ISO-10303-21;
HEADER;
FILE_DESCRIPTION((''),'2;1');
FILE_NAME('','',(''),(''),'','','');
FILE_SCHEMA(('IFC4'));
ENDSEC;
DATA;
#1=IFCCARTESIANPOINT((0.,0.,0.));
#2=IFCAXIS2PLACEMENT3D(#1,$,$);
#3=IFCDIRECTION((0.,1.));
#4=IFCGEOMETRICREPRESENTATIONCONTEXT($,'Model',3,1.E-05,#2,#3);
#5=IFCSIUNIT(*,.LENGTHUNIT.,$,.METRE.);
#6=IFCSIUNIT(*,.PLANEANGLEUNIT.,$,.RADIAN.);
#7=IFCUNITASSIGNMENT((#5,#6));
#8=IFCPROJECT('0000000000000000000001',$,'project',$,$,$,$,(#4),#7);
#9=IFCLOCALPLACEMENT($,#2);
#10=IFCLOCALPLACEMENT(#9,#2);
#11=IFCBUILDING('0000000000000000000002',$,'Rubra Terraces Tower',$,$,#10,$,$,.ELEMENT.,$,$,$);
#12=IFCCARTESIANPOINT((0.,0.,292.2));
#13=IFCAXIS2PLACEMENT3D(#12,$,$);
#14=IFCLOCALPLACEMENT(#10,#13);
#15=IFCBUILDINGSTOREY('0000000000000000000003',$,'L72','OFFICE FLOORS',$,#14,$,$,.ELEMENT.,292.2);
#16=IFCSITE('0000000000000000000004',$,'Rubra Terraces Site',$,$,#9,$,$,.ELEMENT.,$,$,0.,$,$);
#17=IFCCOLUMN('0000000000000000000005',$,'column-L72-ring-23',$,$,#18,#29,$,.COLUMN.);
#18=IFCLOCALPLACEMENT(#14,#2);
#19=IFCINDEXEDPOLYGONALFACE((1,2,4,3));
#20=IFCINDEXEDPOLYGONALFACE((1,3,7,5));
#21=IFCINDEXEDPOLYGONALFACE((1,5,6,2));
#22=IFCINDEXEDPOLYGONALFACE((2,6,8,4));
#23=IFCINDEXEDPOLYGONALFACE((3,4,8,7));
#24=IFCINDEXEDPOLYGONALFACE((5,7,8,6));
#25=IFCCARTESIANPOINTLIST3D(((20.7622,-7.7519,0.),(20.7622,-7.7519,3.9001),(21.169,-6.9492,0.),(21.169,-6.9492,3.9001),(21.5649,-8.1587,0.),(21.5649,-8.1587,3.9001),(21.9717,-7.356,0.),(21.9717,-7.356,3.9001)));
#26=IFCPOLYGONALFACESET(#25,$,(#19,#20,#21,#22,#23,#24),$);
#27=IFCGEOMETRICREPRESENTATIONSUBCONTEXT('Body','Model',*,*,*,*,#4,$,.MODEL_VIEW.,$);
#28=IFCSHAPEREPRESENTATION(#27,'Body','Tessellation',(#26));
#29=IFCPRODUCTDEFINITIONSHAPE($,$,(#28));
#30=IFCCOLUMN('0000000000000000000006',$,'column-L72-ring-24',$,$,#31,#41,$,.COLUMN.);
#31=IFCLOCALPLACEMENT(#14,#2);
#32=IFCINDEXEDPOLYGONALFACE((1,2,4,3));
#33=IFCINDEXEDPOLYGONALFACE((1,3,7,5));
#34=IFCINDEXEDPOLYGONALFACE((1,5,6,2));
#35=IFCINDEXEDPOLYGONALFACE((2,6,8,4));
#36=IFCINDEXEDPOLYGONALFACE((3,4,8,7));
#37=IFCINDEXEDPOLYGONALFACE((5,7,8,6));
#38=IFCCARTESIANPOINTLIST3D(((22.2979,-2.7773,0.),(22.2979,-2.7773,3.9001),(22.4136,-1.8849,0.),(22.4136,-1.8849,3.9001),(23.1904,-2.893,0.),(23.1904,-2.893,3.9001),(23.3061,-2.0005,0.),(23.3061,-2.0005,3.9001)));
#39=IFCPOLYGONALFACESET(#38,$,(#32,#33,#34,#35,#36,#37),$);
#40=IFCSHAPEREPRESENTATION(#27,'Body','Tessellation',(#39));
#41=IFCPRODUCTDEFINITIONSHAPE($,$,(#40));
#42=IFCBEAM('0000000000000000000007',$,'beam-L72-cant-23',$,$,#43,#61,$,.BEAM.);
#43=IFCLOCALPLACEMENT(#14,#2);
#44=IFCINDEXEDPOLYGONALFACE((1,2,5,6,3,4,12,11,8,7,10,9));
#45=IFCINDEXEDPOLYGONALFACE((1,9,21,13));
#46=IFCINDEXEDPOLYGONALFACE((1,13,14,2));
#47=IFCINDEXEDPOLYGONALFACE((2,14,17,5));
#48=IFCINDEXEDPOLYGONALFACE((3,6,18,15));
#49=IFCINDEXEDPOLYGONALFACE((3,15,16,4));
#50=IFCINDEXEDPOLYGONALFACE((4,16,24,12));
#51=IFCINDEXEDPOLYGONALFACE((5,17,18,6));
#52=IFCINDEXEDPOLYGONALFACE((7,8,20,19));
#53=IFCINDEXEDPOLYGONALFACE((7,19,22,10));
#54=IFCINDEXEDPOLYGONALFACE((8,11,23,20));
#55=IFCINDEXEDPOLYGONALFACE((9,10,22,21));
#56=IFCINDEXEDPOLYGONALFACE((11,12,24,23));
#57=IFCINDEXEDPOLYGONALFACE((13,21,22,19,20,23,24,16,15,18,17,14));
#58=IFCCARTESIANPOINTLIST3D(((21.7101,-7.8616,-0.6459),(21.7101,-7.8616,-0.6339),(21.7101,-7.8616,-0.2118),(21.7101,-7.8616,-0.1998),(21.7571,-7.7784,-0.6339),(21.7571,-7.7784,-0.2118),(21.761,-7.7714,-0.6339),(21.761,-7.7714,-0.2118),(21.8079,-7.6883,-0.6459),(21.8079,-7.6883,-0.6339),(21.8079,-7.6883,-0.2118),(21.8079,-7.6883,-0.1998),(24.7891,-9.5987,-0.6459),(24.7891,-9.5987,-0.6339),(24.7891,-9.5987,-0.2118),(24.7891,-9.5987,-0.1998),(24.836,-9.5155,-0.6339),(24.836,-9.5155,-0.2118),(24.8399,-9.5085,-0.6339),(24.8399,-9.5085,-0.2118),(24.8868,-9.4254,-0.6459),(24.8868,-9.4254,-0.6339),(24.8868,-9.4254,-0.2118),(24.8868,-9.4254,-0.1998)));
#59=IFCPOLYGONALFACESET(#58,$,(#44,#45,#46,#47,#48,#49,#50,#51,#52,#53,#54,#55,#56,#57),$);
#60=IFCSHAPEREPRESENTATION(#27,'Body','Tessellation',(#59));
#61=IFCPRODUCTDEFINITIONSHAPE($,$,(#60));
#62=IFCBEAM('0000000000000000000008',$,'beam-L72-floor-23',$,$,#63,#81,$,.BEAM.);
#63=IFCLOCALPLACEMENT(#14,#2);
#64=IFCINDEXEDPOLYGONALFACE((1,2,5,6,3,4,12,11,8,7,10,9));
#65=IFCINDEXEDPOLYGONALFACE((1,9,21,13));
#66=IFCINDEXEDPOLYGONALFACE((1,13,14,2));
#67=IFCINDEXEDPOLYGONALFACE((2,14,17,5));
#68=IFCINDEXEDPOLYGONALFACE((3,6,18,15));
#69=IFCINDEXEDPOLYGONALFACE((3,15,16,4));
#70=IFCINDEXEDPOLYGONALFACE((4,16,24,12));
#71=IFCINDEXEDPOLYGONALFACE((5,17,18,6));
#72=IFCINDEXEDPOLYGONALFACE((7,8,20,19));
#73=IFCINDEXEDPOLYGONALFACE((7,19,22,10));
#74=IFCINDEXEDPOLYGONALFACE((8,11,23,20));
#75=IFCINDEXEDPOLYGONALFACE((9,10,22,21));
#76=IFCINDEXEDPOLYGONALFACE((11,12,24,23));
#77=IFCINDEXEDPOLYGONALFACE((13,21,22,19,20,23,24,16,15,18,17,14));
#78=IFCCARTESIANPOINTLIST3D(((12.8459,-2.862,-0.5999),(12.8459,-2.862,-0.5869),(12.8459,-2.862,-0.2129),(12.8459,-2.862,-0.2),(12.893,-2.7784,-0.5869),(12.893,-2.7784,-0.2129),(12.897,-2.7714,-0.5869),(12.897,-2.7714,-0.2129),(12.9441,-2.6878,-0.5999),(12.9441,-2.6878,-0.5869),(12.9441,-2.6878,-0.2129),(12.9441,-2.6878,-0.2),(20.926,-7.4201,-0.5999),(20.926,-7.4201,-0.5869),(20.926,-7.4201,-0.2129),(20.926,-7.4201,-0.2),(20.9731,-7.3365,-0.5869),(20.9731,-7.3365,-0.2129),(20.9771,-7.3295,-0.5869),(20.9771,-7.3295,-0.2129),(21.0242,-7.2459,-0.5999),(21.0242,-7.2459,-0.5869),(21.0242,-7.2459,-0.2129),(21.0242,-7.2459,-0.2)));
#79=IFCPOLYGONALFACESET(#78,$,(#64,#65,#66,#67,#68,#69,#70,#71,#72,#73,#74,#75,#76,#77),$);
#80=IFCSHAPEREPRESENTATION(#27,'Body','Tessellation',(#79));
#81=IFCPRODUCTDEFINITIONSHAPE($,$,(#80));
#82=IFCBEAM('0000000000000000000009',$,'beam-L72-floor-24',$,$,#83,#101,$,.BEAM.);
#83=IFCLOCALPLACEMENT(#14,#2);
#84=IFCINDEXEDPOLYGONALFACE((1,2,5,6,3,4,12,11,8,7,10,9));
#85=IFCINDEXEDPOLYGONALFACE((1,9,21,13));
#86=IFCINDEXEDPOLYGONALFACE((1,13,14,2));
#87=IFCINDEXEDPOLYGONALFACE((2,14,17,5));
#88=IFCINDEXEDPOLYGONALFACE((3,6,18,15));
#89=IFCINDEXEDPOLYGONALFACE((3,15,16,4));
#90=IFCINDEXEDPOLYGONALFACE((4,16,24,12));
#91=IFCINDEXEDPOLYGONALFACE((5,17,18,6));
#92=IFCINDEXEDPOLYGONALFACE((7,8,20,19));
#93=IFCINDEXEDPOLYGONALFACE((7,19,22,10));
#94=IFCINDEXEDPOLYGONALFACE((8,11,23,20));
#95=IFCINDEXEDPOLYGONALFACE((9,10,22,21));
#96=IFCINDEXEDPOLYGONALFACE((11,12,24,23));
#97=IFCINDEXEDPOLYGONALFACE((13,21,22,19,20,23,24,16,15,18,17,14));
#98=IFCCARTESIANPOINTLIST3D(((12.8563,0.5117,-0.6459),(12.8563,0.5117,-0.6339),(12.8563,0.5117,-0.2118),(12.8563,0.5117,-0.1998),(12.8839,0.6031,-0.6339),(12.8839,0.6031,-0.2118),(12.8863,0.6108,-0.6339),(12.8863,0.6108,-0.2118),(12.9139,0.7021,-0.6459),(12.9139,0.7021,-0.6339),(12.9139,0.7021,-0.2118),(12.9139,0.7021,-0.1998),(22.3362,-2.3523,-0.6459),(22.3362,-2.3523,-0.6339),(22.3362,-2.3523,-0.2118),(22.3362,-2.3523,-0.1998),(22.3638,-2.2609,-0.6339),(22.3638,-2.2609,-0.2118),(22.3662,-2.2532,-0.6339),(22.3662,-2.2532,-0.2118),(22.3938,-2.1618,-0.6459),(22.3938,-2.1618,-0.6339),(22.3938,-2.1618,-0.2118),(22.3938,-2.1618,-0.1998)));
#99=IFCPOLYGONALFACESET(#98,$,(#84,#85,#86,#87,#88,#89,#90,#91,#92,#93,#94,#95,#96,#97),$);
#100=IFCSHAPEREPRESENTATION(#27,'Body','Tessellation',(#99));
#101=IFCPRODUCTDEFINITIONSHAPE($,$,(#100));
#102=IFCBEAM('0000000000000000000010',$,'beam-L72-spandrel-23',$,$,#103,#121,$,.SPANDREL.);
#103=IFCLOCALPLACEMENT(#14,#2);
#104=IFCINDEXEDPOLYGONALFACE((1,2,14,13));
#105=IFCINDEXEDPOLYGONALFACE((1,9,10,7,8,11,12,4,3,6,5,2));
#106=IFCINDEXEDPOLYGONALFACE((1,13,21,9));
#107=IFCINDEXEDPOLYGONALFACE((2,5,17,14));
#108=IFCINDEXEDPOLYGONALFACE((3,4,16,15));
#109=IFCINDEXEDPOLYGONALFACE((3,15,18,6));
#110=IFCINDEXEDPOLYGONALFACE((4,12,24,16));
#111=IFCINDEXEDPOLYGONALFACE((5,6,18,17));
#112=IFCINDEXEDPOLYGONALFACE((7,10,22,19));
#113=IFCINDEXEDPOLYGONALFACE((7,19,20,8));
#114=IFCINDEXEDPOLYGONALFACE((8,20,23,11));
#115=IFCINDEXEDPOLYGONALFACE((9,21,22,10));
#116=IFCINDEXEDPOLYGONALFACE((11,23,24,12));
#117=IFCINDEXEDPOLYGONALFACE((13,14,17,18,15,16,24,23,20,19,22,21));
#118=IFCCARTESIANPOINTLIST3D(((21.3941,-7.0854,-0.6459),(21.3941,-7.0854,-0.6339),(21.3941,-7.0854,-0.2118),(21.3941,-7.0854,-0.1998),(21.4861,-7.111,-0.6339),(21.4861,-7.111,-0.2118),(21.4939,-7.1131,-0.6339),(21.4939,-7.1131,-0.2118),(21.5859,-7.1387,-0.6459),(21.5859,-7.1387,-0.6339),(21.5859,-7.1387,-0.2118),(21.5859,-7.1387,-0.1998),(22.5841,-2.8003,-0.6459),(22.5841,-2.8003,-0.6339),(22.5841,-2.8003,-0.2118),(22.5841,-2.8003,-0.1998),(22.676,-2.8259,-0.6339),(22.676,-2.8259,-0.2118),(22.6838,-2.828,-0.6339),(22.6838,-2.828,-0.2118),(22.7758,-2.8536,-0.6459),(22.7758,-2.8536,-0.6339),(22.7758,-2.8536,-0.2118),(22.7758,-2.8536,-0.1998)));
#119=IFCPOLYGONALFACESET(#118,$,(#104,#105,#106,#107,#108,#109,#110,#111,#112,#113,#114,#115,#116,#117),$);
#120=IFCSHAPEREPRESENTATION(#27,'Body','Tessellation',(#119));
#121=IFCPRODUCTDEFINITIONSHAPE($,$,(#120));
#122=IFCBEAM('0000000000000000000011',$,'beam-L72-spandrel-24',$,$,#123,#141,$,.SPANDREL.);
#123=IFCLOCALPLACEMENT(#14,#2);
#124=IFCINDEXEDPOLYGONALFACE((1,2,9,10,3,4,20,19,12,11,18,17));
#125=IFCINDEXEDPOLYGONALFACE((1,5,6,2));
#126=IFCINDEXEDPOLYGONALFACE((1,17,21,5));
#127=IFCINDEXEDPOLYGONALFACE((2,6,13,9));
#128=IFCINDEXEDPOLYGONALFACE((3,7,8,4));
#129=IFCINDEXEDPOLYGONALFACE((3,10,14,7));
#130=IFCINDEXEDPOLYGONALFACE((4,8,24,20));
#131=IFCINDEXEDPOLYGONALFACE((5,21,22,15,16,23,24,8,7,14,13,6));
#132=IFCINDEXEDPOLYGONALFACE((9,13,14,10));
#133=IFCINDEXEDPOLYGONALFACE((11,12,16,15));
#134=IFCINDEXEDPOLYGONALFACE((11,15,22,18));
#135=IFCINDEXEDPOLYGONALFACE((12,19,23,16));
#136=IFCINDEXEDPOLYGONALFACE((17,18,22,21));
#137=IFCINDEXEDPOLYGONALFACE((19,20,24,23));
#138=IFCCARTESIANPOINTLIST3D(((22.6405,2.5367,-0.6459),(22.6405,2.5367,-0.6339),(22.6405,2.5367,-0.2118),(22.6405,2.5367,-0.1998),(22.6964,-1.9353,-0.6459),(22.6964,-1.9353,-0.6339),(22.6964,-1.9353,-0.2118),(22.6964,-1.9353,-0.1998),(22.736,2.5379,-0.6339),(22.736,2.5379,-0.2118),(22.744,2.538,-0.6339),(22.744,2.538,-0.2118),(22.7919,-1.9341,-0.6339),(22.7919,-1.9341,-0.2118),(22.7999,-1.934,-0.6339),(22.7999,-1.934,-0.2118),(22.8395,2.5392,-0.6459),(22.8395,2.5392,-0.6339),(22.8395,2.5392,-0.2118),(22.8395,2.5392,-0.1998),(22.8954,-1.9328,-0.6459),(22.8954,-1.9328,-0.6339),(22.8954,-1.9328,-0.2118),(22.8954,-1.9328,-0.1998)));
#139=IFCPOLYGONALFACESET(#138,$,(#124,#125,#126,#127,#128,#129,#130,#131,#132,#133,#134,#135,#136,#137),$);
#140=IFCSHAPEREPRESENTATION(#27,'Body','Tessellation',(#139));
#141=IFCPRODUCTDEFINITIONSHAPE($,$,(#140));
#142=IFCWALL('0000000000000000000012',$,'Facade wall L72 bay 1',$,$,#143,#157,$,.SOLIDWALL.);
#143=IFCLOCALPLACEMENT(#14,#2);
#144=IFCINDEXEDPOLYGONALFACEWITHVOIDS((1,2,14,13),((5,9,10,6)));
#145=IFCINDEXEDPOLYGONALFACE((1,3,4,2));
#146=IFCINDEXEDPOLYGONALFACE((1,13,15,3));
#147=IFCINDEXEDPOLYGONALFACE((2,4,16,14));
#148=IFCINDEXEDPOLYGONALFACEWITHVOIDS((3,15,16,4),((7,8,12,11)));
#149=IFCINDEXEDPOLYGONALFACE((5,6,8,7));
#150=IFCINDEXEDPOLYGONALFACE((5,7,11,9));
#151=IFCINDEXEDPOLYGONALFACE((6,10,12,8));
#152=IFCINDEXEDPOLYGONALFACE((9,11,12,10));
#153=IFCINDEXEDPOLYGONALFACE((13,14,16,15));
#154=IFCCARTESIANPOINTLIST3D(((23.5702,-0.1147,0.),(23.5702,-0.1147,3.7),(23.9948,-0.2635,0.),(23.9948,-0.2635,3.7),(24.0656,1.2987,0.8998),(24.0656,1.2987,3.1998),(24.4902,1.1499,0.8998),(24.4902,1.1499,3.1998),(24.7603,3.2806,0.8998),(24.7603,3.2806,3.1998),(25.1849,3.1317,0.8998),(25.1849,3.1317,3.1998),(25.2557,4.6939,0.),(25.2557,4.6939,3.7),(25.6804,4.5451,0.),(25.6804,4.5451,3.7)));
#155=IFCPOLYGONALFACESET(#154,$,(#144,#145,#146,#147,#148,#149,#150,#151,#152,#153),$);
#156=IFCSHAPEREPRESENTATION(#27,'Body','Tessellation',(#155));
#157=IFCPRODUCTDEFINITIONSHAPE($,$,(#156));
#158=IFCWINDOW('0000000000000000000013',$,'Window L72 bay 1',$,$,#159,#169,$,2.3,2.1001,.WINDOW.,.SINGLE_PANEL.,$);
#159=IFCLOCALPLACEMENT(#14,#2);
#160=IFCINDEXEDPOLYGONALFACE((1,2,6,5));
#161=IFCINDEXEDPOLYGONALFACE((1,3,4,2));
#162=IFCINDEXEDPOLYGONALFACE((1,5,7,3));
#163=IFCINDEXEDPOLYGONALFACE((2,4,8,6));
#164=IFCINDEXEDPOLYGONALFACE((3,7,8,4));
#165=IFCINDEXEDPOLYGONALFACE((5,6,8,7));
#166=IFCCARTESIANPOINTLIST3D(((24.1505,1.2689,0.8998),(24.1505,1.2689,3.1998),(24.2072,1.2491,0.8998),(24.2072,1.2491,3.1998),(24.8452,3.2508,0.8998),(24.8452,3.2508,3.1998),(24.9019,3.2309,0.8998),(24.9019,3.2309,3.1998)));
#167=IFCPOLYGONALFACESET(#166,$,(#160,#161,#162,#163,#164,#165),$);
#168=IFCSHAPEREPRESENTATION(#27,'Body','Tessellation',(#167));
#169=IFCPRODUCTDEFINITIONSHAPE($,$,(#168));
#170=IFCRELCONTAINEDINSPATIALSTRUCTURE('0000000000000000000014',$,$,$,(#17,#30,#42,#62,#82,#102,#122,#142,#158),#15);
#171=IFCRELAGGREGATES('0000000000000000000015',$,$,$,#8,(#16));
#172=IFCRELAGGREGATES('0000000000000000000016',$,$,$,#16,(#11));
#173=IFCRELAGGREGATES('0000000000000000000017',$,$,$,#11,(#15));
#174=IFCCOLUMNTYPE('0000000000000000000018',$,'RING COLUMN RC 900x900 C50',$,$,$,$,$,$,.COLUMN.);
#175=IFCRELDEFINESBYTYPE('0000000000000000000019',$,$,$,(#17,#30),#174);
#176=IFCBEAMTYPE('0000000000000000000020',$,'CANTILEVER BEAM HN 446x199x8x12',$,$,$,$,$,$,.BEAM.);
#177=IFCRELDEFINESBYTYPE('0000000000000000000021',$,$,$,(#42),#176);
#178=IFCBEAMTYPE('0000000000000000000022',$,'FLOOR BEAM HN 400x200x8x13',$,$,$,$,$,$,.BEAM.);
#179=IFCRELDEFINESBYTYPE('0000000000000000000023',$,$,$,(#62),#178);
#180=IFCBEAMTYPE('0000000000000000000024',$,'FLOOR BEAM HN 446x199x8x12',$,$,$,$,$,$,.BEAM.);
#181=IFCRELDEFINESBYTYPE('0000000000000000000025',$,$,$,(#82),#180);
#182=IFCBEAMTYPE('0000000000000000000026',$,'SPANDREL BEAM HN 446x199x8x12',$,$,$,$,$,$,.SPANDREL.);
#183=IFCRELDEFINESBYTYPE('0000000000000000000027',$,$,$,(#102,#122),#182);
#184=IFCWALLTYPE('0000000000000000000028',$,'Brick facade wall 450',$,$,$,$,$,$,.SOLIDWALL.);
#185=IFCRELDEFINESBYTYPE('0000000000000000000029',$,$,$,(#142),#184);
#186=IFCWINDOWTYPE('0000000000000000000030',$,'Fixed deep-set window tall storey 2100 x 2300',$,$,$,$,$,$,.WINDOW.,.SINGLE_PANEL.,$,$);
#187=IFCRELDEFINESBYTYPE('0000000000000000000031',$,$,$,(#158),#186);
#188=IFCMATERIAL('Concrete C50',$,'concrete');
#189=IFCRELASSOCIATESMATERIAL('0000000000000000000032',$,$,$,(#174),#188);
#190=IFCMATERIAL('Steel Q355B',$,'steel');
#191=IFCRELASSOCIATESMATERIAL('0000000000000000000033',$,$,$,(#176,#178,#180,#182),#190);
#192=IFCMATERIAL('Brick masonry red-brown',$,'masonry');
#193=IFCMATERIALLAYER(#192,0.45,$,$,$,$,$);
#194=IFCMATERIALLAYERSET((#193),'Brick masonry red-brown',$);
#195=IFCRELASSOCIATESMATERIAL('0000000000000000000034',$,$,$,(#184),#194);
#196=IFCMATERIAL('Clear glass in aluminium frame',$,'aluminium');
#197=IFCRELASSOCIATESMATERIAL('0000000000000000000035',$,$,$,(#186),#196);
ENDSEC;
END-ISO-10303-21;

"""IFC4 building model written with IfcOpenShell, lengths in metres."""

from ifc_helpers import new_model, si_unit, direction, frame, frame_2d, origin, origin_2d, place, context, subcontext, project, spatial, rectangle, i_section, extrude, material, layer, layer_set, material_profile, profile_set, type_object, element, fill, save


model = new_model("IFC4")

# Units and contexts
model_context = context("Model", 3, precision=1e-05, world=origin(), true_north=direction((0.0, 1.0)))
body_context = subcontext(model_context, "Body", "Model", "MODEL_VIEW")
ifc_project = project(units=[si_unit("LENGTHUNIT", "METRE"), si_unit("PLANEANGLEUNIT", "RADIAN")], contexts=[model_context])

# Site, building, storey
site_placement = place(None, origin())
site = spatial("IfcSite", under=ifc_project, at=site_placement, Name="Rubra Terraces Site", CompositionType="ELEMENT", RefElevation=0.0)
building_placement = place(site_placement, origin())
building = spatial("IfcBuilding", under=site, at=building_placement, Name="Rubra Terraces Tower", CompositionType="ELEMENT")
storey_placement = place(building_placement, frame((0.0, 0.0, 292.2)))
storey = spatial("IfcBuildingStorey", under=building, at=storey_placement, Name="L72", Description="OFFICE FLOORS", CompositionType="ELEMENT", Elevation=292.2)

# Columns
ifc_material_1 = material(Name="Concrete C50", Category="concrete")
ifc_material_profile_1 = material_profile(ifc_material_1, rectangle(XDim=0.8999, YDim=0.8999, at=origin_2d()), Name="RC 900x900")
ifc_profile_set_1 = profile_set([ifc_material_profile_1], Name="Concrete C50")
column_type = type_object("IfcColumnType", Name="RING COLUMN RC 900x900 C50", PredefinedType="COLUMN", material=ifc_profile_set_1)
for number, where, z_axis, x_axis, name in (
    (1, (21.3669, -7.554, 0.0), (0.0, 0.0, 1.0), (0.452079, 0.891978, 0.0), "column-L72-ring-23"),
    (2, (22.802, -2.3889, 0.0), (0.0, 0.0, 1.0), (0.128535, 0.991705, 0.0), "column-L72-ring-24"),
):
    element("IfcColumn", number, at=place(storey_placement, frame(where, z_axis=z_axis, x_axis=x_axis)), inside=storey, type_object=column_type, Name=name, PredefinedType="COLUMN", context=body_context, shape_type="SweptSolid", body=[
        extrude(rectangle(XDim=0.8999, YDim=0.8999, at=origin_2d()), origin(), (0.0, 0.0, 1.0), 3.9001),
    ])

# Beams
ifc_material_2 = material(Name="Steel Q355B", Category="steel")
ifc_material_profile_2 = material_profile(ifc_material_2, i_section(OverallWidth=0.199, OverallDepth=0.446, WebThickness=0.0081, FlangeThickness=0.012, at=origin_2d()), Name="HN 446x199x8x12")
ifc_profile_set_2 = profile_set([ifc_material_profile_2], Name="Steel Q355B")
beam_type_1 = type_object("IfcBeamType", Name="CANTILEVER BEAM HN 446x199x8x12", PredefinedType="BEAM", material=ifc_profile_set_2)
beam_1_placement = place(storey_placement, frame((21.759, -7.7749, -0.4229), z_axis=(0.870946, -0.491379, 0.0), x_axis=(0.491379, 0.870946, 0.0)))
element("IfcBeam", 3, at=beam_1_placement, inside=storey, type_object=beam_type_1, Name="beam-L72-cant-23", PredefinedType="BEAM", context=body_context, shape_type="SweptSolid", body=[
    extrude(i_section(OverallWidth=0.199, OverallDepth=0.446, WebThickness=0.0081, FlangeThickness=0.012, at=origin_2d()), origin(), (0.0, 0.0, 1.0), 3.5352),
])
ifc_material_profile_3 = material_profile(ifc_material_2, i_section(OverallWidth=0.2, OverallDepth=0.3999, WebThickness=0.0081, FlangeThickness=0.0129, at=origin_2d()), Name="HN 400x200x8x13")
ifc_profile_set_3 = profile_set([ifc_material_profile_3], Name="Steel Q355B")
beam_type_2 = type_object("IfcBeamType", Name="FLOOR BEAM HN 400x200x8x13", PredefinedType="BEAM", material=ifc_profile_set_3)
beam_2_placement = place(storey_placement, frame((20.9751, -7.333, -0.3999), z_axis=(-0.870973, 0.49133, 0.0), x_axis=(-0.49133, -0.870973, 0.0)))
element("IfcBeam", 4, at=beam_2_placement, inside=storey, type_object=beam_type_2, Name="beam-L72-floor-23", PredefinedType="BEAM", context=body_context, shape_type="SweptSolid", body=[
    extrude(i_section(OverallWidth=0.2, OverallDepth=0.3999, WebThickness=0.0081, FlangeThickness=0.0129, at=origin_2d()), origin(), (0.0, 0.0, 1.0), 9.2771),
])
ifc_material_profile_4 = material_profile(ifc_material_2, i_section(OverallWidth=0.199, OverallDepth=0.446, WebThickness=0.0081, FlangeThickness=0.012, at=origin_2d()), Name="HN 446x199x8x12")
ifc_profile_set_4 = profile_set([ifc_material_profile_4], Name="Steel Q355B")
beam_type_3 = type_object("IfcBeamType", Name="FLOOR BEAM HN 446x199x8x12", PredefinedType="BEAM", material=ifc_profile_set_4)
beam_3_placement = place(storey_placement, frame((22.365, -2.2571, -0.4229), z_axis=(-0.957268, 0.289202, 0.0), x_axis=(-0.289202, -0.957268, 0.0)))
element("IfcBeam", 5, at=beam_3_placement, inside=storey, type_object=beam_type_3, Name="beam-L72-floor-24", PredefinedType="BEAM", context=body_context, shape_type="SweptSolid", body=[
    extrude(i_section(OverallWidth=0.199, OverallDepth=0.446, WebThickness=0.0081, FlangeThickness=0.012, at=origin_2d()), origin(), (0.0, 0.0, 1.0), 9.9031),
])
ifc_material_profile_5 = material_profile(ifc_material_2, i_section(OverallWidth=0.199, OverallDepth=0.446, WebThickness=0.0081, FlangeThickness=0.012, at=origin_2d()), Name="HN 446x199x8x12")
ifc_profile_set_5 = profile_set([ifc_material_profile_5], Name="Steel Q355B")
beam_type_4 = type_object("IfcBeamType", Name="SPANDREL BEAM HN 446x199x8x12", PredefinedType="SPANDREL", material=ifc_profile_set_5)
beam_4_placement = place(storey_placement, frame((21.49, -7.1121, -0.4229), z_axis=(0.267565, 0.96354, 0.0), x_axis=(-0.96354, 0.267565, 0.0)))
element("IfcBeam", 6, at=beam_4_placement, inside=storey, type_object=beam_type_4, Name="beam-L72-spandrel-23", PredefinedType="SPANDREL", context=body_context, shape_type="SweptSolid", body=[
    extrude(i_section(OverallWidth=0.199, OverallDepth=0.446, WebThickness=0.0081, FlangeThickness=0.012, at=origin_2d()), origin(), (0.0, 0.0, 1.0), 4.4473),
])
beam_5_placement = place(storey_placement, frame((22.7959, -1.9341, -0.4229), z_axis=(-0.0125, 0.999922, 0.0), x_axis=(-0.999922, -0.0125, 0.0)))
element("IfcBeam", 7, at=beam_5_placement, inside=storey, type_object=beam_type_4, Name="beam-L72-spandrel-24", PredefinedType="SPANDREL", context=body_context, shape_type="SweptSolid", body=[
    extrude(i_section(OverallWidth=0.199, OverallDepth=0.446, WebThickness=0.0081, FlangeThickness=0.012, at=origin_2d()), origin(), (0.0, 0.0, 1.0), 4.4724),
])

# Wall, opening, window
ifc_material_3 = material(Name="Brick masonry red-brown", Category="masonry")
ifc_layer_1 = layer(ifc_material_3, 0.45)
ifc_layer_set_1 = layer_set([ifc_layer_1], Name="Brick masonry red-brown")
wall_type_1 = type_object("IfcWallType", Name="Brick facade wall 450", PredefinedType="SOLIDWALL", material=ifc_layer_set_1)
wall_1_placement = place(storey_placement, frame((23.7825, -0.1892, 0.0), z_axis=(0.0, 0.0, 1.0), x_axis=(0.330794, 0.943703, 0.0)))
wall_1 = element("IfcWall", 8, at=wall_1_placement, inside=storey, type_object=wall_type_1, Name="Facade wall L72 bay 1", PredefinedType="SOLIDWALL", context=body_context, shape_type="SweptSolid", body=[
    extrude(rectangle(XDim=5.0955, YDim=0.45, at=frame_2d((2.5479, 0.0))), origin(), (0.0, 0.0, 1.0), 3.7),
])
opening_1_placement = place(wall_1_placement, frame((1.4978, 0.0, 0.8999)))
opening_1 = element("IfcOpeningElement", 9, at=opening_1_placement, cuts=wall_1, PredefinedType="OPENING", context=body_context, shape_type="SweptSolid", body=[
    extrude(rectangle(XDim=2.1001, YDim=2.3, at=frame_2d((1.05, 1.1499))), frame((0.0, 0.2349, 0.0), z_axis=(0.0, -1.0, 0.0), x_axis=(1.0, 0.0, 0.0)), (0.0, 0.0, 1.0), 0.47),
])
ifc_material_4 = material(Name="Clear glass in aluminium frame", Category="aluminium")
window_type = type_object("IfcWindowType", Name="Fixed deep-set window tall storey 2100 x 2300", PartitioningType="SINGLE_PANEL", PredefinedType="WINDOW", material=ifc_material_4)
window_1_placement = place(opening_1_placement, origin())
window_1 = element("IfcWindow", 10, at=window_1_placement, inside=storey, type_object=window_type, Name="Window L72 bay 1", OverallHeight=2.3, OverallWidth=2.1001, PartitioningType="SINGLE_PANEL", PredefinedType="WINDOW", context=body_context, shape_type="SweptSolid", body=[
    extrude(rectangle(XDim=2.1001, YDim=2.3, at=frame_2d((1.05, 1.1499))), frame((0.0, 0.135, 0.0), z_axis=(0.0, -1.0, 0.0), x_axis=(1.0, 0.0, 0.0)), (0.0, 0.0, 1.0), 0.0601),
])
fill(opening_1, window_1)

save(model, "model.ifc")
